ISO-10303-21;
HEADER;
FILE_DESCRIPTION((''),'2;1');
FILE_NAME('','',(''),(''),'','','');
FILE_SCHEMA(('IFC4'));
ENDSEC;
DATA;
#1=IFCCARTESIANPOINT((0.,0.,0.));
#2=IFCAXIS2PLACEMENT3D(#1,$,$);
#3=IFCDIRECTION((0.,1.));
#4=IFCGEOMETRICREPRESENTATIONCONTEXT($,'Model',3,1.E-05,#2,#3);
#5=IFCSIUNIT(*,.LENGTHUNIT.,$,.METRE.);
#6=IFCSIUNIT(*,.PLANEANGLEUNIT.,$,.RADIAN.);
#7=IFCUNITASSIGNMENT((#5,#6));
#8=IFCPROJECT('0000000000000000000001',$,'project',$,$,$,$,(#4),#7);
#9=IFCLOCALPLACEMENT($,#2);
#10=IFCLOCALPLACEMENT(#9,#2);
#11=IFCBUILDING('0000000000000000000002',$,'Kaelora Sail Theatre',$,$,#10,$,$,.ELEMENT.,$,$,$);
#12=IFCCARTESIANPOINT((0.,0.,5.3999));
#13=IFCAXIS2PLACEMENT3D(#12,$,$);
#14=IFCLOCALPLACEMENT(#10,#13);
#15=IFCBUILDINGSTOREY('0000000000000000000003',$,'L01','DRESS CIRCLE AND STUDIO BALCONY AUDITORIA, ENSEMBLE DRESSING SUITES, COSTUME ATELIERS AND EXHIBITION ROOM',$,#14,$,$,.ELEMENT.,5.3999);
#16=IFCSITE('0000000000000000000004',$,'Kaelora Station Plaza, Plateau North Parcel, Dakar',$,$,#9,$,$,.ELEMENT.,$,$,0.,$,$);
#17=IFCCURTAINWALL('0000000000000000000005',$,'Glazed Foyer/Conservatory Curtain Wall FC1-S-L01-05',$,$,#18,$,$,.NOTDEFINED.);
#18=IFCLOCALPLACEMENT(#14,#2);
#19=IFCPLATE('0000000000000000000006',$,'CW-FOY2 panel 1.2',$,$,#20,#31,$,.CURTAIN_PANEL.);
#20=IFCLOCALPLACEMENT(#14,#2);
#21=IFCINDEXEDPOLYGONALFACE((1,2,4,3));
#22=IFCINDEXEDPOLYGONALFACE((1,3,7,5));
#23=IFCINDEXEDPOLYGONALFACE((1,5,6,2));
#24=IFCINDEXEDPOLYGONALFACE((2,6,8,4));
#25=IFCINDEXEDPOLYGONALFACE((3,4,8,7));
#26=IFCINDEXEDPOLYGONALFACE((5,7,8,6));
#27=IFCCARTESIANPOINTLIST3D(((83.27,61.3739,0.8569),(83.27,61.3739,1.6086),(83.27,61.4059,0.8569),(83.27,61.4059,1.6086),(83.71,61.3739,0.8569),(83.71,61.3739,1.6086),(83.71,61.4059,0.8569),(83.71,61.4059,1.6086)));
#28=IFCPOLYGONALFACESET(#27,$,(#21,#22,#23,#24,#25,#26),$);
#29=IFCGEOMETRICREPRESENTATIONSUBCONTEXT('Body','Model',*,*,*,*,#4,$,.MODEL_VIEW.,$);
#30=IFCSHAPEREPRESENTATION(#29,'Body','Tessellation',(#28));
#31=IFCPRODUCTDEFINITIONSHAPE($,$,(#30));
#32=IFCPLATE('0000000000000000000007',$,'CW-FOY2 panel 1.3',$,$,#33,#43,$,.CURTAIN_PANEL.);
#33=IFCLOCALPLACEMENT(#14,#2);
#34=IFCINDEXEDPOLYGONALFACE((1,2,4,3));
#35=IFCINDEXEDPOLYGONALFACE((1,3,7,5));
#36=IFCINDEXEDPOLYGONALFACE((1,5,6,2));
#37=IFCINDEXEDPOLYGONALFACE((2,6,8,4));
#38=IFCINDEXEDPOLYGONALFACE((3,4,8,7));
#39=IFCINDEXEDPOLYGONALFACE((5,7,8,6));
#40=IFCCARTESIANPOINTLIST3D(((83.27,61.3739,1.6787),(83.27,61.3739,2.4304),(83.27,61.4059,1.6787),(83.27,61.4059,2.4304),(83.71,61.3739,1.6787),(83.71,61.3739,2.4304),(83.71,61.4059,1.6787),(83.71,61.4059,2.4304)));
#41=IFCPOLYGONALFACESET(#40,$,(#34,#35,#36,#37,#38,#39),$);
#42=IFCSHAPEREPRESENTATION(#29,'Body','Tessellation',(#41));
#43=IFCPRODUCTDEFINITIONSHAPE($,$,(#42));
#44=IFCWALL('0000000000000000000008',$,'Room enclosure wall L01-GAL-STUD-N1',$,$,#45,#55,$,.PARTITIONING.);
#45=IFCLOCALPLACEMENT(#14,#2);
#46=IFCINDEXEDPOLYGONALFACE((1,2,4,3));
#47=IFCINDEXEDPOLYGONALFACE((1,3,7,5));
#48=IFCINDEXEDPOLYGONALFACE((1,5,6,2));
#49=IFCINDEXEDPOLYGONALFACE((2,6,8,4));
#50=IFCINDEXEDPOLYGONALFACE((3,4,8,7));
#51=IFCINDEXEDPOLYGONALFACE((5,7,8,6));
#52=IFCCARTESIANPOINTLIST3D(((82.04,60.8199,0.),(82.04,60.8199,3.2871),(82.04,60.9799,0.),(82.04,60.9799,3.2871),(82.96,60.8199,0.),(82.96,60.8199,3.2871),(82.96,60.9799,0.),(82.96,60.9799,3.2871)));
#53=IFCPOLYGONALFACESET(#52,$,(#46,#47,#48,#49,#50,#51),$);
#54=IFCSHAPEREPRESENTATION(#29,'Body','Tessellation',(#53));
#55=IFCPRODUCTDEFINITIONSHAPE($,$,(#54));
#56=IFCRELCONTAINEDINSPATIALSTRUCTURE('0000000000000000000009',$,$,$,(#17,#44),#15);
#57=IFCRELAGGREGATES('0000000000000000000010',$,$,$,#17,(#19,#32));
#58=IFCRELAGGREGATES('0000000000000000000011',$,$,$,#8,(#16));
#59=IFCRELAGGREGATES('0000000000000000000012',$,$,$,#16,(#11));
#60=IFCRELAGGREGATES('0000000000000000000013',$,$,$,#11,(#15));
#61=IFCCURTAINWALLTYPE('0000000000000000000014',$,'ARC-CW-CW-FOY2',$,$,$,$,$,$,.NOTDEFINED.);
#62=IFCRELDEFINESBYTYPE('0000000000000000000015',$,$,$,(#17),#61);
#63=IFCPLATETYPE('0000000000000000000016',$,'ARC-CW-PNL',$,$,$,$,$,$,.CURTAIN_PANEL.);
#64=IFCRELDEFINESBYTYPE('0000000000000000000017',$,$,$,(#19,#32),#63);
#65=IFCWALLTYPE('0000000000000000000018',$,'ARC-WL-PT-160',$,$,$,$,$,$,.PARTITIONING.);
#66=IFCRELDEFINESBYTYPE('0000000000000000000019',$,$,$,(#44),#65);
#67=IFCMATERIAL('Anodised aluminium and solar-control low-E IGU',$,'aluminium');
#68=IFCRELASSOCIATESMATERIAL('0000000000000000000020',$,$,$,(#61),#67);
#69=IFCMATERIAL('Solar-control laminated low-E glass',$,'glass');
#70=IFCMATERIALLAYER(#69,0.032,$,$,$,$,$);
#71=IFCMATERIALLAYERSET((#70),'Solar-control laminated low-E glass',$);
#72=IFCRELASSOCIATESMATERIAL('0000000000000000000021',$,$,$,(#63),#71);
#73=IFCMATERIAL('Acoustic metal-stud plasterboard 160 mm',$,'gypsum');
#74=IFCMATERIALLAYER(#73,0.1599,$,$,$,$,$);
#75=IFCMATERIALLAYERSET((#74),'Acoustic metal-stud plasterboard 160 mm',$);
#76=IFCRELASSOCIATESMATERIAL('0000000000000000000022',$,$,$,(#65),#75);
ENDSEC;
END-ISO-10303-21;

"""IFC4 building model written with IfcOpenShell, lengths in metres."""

from ifc_helpers import new_model, si_unit, direction, frame, frame_2d, origin, origin_2d, place, context, subcontext, project, spatial, rectangle, extrude, material, layer, layer_set, type_object, element, aggregate, save


model = new_model("IFC4")

# Units and contexts
model_context = context("Model", 3, precision=1e-05, world=origin(), true_north=direction((0.0, 1.0)))
body_context = subcontext(model_context, "Body", "Model", "MODEL_VIEW")
ifc_project = project(units=[si_unit("LENGTHUNIT", "METRE"), si_unit("PLANEANGLEUNIT", "RADIAN")], contexts=[model_context])

# Site, building, storey
site_placement = place(None, origin())
site = spatial("IfcSite", under=ifc_project, at=site_placement, Name="Kaelora Station Plaza, Plateau North Parcel, Dakar", CompositionType="ELEMENT", RefElevation=0.0)
building_placement = place(site_placement, origin())
building = spatial("IfcBuilding", under=site, at=building_placement, Name="Kaelora Sail Theatre", CompositionType="ELEMENT")
storey_placement = place(building_placement, frame((0.0, 0.0, 5.3999)))
storey = spatial("IfcBuildingStorey", under=building, at=storey_placement, Name="L01", Description="DRESS CIRCLE AND STUDIO BALCONY AUDITORIA, ENSEMBLE DRESSING SUITES, COSTUME ATELIERS AND EXHIBITION ROOM", CompositionType="ELEMENT", Elevation=5.3999)

# Shared definitions
ifc_material_1 = material(Name="Anodised aluminium and solar-control low-E IGU", Category="aluminium")
curtain_wall_type = type_object("IfcCurtainWallType", Name="ARC-CW-CW-FOY2", PredefinedType="NOTDEFINED", material=ifc_material_1)

# Curtain wall
curtain_wall_1_placement = place(storey_placement, origin())
curtain_wall_1 = element("IfcCurtainWall", 1, at=curtain_wall_1_placement, inside=storey, type_object=curtain_wall_type, Name="Glazed Foyer/Conservatory Curtain Wall FC1-S-L01-05", PredefinedType="NOTDEFINED")

# Plates
ifc_material_2 = material(Name="Solar-control laminated low-E glass", Category="glass")
ifc_layer_1 = layer(ifc_material_2, 0.032)
ifc_layer_set_1 = layer_set([ifc_layer_1], Name="Solar-control laminated low-E glass")
plate_type = type_object("IfcPlateType", Name="ARC-CW-PNL", PredefinedType="CURTAIN_PANEL", material=ifc_layer_set_1)
plate_1_placement = place(storey_placement, frame((83.49, 61.3899, 0.8569), z_axis=(0.0, 0.0, 1.0), x_axis=(1.0, 0.0, 0.0)))
plate_1 = element("IfcPlate", 2, at=plate_1_placement, type_object=plate_type, Name="CW-FOY2 panel 1.2", PredefinedType="CURTAIN_PANEL", context=body_context, shape_type="SweptSolid", body=[
    extrude(rectangle(XDim=0.4399, YDim=0.032, at=origin_2d()), origin(), (0.0, 0.0, 1.0), 0.7517),
])
plate_2_placement = place(storey_placement, frame((83.49, 61.3899, 1.6787), z_axis=(0.0, 0.0, 1.0), x_axis=(1.0, 0.0, 0.0)))
plate_2 = element("IfcPlate", 3, at=plate_2_placement, type_object=plate_type, Name="CW-FOY2 panel 1.3", PredefinedType="CURTAIN_PANEL", context=body_context, shape_type="SweptSolid", body=[
    extrude(rectangle(XDim=0.4399, YDim=0.032, at=origin_2d()), origin(), (0.0, 0.0, 1.0), 0.7517),
])
aggregate(curtain_wall_1, [plate_1, plate_2])

# Wall
ifc_material_3 = material(Name="Acoustic metal-stud plasterboard 160 mm", Category="gypsum")
ifc_layer_2 = layer(ifc_material_3, 0.1599)
ifc_layer_set_2 = layer_set([ifc_layer_2], Name="Acoustic metal-stud plasterboard 160 mm")
wall_type = type_object("IfcWallType", Name="ARC-WL-PT-160", PredefinedType="PARTITIONING", material=ifc_layer_set_2)
wall_placement = place(storey_placement, frame((82.04, 60.8999, 0.0), z_axis=(0.0, 0.0, 1.0), x_axis=(1.0, 0.0, 0.0)))
element("IfcWall", 4, at=wall_placement, inside=storey, type_object=wall_type, Name="Room enclosure wall L01-GAL-STUD-N1", PredefinedType="PARTITIONING", context=body_context, shape_type="SweptSolid", body=[
    extrude(rectangle(XDim=0.9199, YDim=0.1599, at=frame_2d((0.46, 0.0))), origin(), (0.0, 0.0, 1.0), 3.2871),
])

save(model, "model.ifc")
